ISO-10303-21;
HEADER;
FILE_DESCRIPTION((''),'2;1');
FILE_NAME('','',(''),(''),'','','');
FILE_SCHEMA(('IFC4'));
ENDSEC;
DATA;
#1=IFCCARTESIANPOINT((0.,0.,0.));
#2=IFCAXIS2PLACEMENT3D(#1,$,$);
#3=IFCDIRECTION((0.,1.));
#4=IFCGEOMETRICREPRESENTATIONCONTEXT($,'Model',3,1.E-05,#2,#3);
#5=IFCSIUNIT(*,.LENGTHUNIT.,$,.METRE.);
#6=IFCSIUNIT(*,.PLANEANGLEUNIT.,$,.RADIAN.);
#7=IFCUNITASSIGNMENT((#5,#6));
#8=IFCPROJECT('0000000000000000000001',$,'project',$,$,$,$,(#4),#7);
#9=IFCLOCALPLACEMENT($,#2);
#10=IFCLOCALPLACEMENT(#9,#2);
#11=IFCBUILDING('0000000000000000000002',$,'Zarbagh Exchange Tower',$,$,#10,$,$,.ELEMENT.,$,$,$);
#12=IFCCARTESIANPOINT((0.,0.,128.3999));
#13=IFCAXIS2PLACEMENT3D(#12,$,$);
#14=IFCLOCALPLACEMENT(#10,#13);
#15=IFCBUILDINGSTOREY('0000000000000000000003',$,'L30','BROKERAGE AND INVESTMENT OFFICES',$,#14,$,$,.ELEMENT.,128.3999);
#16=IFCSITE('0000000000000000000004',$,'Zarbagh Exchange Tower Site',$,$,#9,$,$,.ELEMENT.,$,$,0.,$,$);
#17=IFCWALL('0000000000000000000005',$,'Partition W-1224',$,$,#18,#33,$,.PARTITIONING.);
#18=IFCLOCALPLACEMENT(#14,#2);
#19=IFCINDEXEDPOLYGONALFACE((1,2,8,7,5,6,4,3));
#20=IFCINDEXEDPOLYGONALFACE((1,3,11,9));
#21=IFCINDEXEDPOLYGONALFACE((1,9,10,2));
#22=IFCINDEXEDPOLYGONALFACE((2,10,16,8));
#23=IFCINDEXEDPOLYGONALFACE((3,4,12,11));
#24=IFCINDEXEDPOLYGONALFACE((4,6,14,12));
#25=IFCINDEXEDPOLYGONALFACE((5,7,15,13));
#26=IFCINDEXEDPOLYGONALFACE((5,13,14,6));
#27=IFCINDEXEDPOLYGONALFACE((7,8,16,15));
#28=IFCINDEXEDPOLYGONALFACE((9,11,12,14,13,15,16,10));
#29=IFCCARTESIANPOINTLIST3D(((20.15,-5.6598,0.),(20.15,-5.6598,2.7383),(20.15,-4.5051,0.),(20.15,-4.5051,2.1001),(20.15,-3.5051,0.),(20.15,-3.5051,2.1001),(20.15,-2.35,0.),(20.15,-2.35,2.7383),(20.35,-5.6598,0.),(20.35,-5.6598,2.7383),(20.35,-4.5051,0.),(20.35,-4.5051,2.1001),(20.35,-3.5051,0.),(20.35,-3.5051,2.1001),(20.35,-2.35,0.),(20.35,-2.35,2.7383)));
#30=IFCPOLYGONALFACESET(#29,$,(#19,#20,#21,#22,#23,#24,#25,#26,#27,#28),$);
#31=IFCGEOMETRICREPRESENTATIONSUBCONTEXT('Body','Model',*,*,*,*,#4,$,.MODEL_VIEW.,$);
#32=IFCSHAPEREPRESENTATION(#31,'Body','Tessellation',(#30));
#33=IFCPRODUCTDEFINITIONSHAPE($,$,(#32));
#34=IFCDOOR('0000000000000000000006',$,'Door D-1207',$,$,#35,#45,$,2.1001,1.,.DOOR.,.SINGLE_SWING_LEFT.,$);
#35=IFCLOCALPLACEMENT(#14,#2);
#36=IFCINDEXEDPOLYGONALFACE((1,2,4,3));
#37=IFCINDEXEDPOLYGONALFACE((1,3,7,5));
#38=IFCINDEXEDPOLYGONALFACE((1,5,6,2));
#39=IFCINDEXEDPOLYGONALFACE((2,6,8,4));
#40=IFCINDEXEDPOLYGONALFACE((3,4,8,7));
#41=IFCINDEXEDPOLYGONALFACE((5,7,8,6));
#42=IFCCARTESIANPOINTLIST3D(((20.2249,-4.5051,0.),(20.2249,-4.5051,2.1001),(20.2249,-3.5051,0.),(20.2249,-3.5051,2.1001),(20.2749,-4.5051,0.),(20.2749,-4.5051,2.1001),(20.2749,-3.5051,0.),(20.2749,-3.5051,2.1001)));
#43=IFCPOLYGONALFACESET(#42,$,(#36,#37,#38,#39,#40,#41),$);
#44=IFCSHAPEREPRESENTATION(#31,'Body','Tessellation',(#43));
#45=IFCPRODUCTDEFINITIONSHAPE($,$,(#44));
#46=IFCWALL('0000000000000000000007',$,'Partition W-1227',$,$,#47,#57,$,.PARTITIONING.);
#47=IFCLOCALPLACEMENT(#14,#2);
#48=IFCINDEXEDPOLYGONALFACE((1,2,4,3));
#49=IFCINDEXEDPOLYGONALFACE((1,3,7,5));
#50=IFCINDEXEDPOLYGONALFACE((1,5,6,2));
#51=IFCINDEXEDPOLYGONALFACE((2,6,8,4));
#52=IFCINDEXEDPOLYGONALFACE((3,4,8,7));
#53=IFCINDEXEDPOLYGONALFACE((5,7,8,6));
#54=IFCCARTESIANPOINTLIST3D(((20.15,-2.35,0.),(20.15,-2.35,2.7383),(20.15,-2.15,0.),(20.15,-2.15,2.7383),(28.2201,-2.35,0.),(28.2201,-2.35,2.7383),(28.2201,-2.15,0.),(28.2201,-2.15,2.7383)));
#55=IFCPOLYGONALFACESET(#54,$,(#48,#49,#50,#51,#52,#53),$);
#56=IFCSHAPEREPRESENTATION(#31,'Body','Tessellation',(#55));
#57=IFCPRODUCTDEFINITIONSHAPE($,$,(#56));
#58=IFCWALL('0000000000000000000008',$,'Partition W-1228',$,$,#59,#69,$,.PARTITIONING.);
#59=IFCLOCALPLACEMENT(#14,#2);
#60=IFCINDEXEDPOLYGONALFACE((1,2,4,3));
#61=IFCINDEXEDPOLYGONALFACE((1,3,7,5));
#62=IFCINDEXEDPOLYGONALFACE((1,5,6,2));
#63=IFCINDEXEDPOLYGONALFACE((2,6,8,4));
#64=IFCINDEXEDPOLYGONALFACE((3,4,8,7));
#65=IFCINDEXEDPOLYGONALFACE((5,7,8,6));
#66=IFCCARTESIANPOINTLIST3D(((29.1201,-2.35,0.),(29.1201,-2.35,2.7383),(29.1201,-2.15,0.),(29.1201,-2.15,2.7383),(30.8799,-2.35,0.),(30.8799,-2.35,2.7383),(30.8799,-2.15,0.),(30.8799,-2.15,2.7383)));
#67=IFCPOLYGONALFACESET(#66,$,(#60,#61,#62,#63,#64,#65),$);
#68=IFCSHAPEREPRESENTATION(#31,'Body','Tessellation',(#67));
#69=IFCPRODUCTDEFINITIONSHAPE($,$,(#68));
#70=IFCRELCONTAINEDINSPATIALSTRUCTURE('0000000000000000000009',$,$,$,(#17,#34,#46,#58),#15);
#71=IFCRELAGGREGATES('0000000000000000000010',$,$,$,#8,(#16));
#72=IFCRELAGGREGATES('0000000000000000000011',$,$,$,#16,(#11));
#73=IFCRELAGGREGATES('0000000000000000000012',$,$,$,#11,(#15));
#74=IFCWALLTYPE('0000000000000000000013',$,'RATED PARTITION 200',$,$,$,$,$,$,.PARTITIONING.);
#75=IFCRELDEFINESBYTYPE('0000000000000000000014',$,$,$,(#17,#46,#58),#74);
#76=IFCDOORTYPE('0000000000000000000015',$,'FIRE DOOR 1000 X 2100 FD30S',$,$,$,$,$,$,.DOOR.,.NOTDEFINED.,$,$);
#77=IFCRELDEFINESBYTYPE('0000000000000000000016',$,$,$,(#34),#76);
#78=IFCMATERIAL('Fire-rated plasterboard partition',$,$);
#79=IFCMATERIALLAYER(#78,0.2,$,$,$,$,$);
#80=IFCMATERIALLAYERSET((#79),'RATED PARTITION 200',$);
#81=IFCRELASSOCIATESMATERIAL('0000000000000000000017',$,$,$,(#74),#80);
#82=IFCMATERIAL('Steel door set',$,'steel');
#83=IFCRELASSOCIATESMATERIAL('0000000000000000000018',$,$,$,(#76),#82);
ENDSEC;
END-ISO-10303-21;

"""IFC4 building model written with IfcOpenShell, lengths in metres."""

from ifc_helpers import new_model, si_unit, direction, frame, frame_2d, origin, place, context, subcontext, project, spatial, rectangle, extrude, material, layer, layer_set, type_object, element, fill, save


model = new_model("IFC4")

# Units and contexts
model_context = context("Model", 3, precision=1e-05, world=origin(), true_north=direction((0.0, 1.0)))
body_context = subcontext(model_context, "Body", "Model", "MODEL_VIEW")
ifc_project = project(units=[si_unit("LENGTHUNIT", "METRE"), si_unit("PLANEANGLEUNIT", "RADIAN")], contexts=[model_context])

# Site, building, storey
site_placement = place(None, origin())
site = spatial("IfcSite", under=ifc_project, at=site_placement, Name="Zarbagh Exchange Tower Site", CompositionType="ELEMENT", RefElevation=0.0)
building_placement = place(site_placement, origin())
building = spatial("IfcBuilding", under=site, at=building_placement, Name="Zarbagh Exchange Tower", CompositionType="ELEMENT")
storey_placement = place(building_placement, frame((0.0, 0.0, 128.3999)))
storey = spatial("IfcBuildingStorey", under=building, at=storey_placement, Name="L30", Description="BROKERAGE AND INVESTMENT OFFICES", CompositionType="ELEMENT", Elevation=128.3999)

# Shared definitions
ifc_material_1 = material(Name="Fire-rated plasterboard partition")
ifc_layer_1 = layer(ifc_material_1, 0.2)
ifc_layer_set_1 = layer_set([ifc_layer_1], Name="RATED PARTITION 200")
wall_type = type_object("IfcWallType", Name="RATED PARTITION 200", PredefinedType="PARTITIONING", material=ifc_layer_set_1)
ifc_material_2 = material(Name="Steel door set", Category="steel")
door_type = type_object("IfcDoorType", Name="FIRE DOOR 1000 X 2100 FD30S", OperationType="NOTDEFINED", PredefinedType="DOOR", material=ifc_material_2)

# Wall, opening, door
wall_1_placement = place(storey_placement, frame((20.25, -2.3501, 0.0), z_axis=(0.0, 0.0, 1.0), x_axis=(0.0, -1.0, 0.0)))
wall_1 = element("IfcWall", 1, at=wall_1_placement, inside=storey, type_object=wall_type, Name="Partition W-1224", PredefinedType="PARTITIONING", context=body_context, shape_type="SweptSolid", body=[
    extrude(rectangle(XDim=3.3098, YDim=0.2, at=frame_2d((1.6548, 0.0))), origin(), (0.0, 0.0, 1.0), 2.7383),
])
opening_1_placement = place(wall_1_placement, frame((1.155, 0.0, 0.0)))
opening_1 = element("IfcOpeningElement", 2, at=opening_1_placement, cuts=wall_1, PredefinedType="OPENING", context=body_context, shape_type="SweptSolid", body=[
    extrude(rectangle(XDim=1.0, YDim=2.1001, at=frame_2d((0.5, 1.05))), frame((0.0, 0.1099, 0.0), z_axis=(0.0, -1.0, 0.0), x_axis=(1.0, 0.0, 0.0)), (0.0, 0.0, 1.0), 0.22),
])
door_1_placement = place(opening_1_placement, origin())
door_1 = element("IfcDoor", 3, at=door_1_placement, inside=storey, type_object=door_type, Name="Door D-1207", OperationType="SINGLE_SWING_LEFT", OverallHeight=2.1001, OverallWidth=1.0, PredefinedType="DOOR", context=body_context, shape_type="SweptSolid", body=[
    extrude(rectangle(XDim=1.0, YDim=2.1001, at=frame_2d((0.5, 1.05))), frame((0.0, 0.0249, 0.0), z_axis=(0.0, -1.0, 0.0), x_axis=(1.0, 0.0, 0.0)), (0.0, 0.0, 1.0), 0.05),
])
fill(opening_1, door_1)

# Walls
wall_2_placement = place(storey_placement, frame((20.1499, -2.25, 0.0), z_axis=(0.0, 0.0, 1.0), x_axis=(1.0, 0.0, 0.0)))
element("IfcWall", 4, at=wall_2_placement, inside=storey, type_object=wall_type, Name="Partition W-1227", PredefinedType="PARTITIONING", context=body_context, shape_type="SweptSolid", body=[
    extrude(rectangle(XDim=8.0701, YDim=0.2, at=frame_2d((4.0352, 0.0))), origin(), (0.0, 0.0, 1.0), 2.7383),
])
wall_3_placement = place(storey_placement, frame((29.1201, -2.25, 0.0), z_axis=(0.0, 0.0, 1.0), x_axis=(1.0, 0.0, 0.0)))
element("IfcWall", 5, at=wall_3_placement, inside=storey, type_object=wall_type, Name="Partition W-1228", PredefinedType="PARTITIONING", context=body_context, shape_type="SweptSolid", body=[
    extrude(rectangle(XDim=1.7598, YDim=0.2, at=frame_2d((0.8799, 0.0))), origin(), (0.0, 0.0, 1.0), 2.7383),
])

save(model, "model.ifc")
